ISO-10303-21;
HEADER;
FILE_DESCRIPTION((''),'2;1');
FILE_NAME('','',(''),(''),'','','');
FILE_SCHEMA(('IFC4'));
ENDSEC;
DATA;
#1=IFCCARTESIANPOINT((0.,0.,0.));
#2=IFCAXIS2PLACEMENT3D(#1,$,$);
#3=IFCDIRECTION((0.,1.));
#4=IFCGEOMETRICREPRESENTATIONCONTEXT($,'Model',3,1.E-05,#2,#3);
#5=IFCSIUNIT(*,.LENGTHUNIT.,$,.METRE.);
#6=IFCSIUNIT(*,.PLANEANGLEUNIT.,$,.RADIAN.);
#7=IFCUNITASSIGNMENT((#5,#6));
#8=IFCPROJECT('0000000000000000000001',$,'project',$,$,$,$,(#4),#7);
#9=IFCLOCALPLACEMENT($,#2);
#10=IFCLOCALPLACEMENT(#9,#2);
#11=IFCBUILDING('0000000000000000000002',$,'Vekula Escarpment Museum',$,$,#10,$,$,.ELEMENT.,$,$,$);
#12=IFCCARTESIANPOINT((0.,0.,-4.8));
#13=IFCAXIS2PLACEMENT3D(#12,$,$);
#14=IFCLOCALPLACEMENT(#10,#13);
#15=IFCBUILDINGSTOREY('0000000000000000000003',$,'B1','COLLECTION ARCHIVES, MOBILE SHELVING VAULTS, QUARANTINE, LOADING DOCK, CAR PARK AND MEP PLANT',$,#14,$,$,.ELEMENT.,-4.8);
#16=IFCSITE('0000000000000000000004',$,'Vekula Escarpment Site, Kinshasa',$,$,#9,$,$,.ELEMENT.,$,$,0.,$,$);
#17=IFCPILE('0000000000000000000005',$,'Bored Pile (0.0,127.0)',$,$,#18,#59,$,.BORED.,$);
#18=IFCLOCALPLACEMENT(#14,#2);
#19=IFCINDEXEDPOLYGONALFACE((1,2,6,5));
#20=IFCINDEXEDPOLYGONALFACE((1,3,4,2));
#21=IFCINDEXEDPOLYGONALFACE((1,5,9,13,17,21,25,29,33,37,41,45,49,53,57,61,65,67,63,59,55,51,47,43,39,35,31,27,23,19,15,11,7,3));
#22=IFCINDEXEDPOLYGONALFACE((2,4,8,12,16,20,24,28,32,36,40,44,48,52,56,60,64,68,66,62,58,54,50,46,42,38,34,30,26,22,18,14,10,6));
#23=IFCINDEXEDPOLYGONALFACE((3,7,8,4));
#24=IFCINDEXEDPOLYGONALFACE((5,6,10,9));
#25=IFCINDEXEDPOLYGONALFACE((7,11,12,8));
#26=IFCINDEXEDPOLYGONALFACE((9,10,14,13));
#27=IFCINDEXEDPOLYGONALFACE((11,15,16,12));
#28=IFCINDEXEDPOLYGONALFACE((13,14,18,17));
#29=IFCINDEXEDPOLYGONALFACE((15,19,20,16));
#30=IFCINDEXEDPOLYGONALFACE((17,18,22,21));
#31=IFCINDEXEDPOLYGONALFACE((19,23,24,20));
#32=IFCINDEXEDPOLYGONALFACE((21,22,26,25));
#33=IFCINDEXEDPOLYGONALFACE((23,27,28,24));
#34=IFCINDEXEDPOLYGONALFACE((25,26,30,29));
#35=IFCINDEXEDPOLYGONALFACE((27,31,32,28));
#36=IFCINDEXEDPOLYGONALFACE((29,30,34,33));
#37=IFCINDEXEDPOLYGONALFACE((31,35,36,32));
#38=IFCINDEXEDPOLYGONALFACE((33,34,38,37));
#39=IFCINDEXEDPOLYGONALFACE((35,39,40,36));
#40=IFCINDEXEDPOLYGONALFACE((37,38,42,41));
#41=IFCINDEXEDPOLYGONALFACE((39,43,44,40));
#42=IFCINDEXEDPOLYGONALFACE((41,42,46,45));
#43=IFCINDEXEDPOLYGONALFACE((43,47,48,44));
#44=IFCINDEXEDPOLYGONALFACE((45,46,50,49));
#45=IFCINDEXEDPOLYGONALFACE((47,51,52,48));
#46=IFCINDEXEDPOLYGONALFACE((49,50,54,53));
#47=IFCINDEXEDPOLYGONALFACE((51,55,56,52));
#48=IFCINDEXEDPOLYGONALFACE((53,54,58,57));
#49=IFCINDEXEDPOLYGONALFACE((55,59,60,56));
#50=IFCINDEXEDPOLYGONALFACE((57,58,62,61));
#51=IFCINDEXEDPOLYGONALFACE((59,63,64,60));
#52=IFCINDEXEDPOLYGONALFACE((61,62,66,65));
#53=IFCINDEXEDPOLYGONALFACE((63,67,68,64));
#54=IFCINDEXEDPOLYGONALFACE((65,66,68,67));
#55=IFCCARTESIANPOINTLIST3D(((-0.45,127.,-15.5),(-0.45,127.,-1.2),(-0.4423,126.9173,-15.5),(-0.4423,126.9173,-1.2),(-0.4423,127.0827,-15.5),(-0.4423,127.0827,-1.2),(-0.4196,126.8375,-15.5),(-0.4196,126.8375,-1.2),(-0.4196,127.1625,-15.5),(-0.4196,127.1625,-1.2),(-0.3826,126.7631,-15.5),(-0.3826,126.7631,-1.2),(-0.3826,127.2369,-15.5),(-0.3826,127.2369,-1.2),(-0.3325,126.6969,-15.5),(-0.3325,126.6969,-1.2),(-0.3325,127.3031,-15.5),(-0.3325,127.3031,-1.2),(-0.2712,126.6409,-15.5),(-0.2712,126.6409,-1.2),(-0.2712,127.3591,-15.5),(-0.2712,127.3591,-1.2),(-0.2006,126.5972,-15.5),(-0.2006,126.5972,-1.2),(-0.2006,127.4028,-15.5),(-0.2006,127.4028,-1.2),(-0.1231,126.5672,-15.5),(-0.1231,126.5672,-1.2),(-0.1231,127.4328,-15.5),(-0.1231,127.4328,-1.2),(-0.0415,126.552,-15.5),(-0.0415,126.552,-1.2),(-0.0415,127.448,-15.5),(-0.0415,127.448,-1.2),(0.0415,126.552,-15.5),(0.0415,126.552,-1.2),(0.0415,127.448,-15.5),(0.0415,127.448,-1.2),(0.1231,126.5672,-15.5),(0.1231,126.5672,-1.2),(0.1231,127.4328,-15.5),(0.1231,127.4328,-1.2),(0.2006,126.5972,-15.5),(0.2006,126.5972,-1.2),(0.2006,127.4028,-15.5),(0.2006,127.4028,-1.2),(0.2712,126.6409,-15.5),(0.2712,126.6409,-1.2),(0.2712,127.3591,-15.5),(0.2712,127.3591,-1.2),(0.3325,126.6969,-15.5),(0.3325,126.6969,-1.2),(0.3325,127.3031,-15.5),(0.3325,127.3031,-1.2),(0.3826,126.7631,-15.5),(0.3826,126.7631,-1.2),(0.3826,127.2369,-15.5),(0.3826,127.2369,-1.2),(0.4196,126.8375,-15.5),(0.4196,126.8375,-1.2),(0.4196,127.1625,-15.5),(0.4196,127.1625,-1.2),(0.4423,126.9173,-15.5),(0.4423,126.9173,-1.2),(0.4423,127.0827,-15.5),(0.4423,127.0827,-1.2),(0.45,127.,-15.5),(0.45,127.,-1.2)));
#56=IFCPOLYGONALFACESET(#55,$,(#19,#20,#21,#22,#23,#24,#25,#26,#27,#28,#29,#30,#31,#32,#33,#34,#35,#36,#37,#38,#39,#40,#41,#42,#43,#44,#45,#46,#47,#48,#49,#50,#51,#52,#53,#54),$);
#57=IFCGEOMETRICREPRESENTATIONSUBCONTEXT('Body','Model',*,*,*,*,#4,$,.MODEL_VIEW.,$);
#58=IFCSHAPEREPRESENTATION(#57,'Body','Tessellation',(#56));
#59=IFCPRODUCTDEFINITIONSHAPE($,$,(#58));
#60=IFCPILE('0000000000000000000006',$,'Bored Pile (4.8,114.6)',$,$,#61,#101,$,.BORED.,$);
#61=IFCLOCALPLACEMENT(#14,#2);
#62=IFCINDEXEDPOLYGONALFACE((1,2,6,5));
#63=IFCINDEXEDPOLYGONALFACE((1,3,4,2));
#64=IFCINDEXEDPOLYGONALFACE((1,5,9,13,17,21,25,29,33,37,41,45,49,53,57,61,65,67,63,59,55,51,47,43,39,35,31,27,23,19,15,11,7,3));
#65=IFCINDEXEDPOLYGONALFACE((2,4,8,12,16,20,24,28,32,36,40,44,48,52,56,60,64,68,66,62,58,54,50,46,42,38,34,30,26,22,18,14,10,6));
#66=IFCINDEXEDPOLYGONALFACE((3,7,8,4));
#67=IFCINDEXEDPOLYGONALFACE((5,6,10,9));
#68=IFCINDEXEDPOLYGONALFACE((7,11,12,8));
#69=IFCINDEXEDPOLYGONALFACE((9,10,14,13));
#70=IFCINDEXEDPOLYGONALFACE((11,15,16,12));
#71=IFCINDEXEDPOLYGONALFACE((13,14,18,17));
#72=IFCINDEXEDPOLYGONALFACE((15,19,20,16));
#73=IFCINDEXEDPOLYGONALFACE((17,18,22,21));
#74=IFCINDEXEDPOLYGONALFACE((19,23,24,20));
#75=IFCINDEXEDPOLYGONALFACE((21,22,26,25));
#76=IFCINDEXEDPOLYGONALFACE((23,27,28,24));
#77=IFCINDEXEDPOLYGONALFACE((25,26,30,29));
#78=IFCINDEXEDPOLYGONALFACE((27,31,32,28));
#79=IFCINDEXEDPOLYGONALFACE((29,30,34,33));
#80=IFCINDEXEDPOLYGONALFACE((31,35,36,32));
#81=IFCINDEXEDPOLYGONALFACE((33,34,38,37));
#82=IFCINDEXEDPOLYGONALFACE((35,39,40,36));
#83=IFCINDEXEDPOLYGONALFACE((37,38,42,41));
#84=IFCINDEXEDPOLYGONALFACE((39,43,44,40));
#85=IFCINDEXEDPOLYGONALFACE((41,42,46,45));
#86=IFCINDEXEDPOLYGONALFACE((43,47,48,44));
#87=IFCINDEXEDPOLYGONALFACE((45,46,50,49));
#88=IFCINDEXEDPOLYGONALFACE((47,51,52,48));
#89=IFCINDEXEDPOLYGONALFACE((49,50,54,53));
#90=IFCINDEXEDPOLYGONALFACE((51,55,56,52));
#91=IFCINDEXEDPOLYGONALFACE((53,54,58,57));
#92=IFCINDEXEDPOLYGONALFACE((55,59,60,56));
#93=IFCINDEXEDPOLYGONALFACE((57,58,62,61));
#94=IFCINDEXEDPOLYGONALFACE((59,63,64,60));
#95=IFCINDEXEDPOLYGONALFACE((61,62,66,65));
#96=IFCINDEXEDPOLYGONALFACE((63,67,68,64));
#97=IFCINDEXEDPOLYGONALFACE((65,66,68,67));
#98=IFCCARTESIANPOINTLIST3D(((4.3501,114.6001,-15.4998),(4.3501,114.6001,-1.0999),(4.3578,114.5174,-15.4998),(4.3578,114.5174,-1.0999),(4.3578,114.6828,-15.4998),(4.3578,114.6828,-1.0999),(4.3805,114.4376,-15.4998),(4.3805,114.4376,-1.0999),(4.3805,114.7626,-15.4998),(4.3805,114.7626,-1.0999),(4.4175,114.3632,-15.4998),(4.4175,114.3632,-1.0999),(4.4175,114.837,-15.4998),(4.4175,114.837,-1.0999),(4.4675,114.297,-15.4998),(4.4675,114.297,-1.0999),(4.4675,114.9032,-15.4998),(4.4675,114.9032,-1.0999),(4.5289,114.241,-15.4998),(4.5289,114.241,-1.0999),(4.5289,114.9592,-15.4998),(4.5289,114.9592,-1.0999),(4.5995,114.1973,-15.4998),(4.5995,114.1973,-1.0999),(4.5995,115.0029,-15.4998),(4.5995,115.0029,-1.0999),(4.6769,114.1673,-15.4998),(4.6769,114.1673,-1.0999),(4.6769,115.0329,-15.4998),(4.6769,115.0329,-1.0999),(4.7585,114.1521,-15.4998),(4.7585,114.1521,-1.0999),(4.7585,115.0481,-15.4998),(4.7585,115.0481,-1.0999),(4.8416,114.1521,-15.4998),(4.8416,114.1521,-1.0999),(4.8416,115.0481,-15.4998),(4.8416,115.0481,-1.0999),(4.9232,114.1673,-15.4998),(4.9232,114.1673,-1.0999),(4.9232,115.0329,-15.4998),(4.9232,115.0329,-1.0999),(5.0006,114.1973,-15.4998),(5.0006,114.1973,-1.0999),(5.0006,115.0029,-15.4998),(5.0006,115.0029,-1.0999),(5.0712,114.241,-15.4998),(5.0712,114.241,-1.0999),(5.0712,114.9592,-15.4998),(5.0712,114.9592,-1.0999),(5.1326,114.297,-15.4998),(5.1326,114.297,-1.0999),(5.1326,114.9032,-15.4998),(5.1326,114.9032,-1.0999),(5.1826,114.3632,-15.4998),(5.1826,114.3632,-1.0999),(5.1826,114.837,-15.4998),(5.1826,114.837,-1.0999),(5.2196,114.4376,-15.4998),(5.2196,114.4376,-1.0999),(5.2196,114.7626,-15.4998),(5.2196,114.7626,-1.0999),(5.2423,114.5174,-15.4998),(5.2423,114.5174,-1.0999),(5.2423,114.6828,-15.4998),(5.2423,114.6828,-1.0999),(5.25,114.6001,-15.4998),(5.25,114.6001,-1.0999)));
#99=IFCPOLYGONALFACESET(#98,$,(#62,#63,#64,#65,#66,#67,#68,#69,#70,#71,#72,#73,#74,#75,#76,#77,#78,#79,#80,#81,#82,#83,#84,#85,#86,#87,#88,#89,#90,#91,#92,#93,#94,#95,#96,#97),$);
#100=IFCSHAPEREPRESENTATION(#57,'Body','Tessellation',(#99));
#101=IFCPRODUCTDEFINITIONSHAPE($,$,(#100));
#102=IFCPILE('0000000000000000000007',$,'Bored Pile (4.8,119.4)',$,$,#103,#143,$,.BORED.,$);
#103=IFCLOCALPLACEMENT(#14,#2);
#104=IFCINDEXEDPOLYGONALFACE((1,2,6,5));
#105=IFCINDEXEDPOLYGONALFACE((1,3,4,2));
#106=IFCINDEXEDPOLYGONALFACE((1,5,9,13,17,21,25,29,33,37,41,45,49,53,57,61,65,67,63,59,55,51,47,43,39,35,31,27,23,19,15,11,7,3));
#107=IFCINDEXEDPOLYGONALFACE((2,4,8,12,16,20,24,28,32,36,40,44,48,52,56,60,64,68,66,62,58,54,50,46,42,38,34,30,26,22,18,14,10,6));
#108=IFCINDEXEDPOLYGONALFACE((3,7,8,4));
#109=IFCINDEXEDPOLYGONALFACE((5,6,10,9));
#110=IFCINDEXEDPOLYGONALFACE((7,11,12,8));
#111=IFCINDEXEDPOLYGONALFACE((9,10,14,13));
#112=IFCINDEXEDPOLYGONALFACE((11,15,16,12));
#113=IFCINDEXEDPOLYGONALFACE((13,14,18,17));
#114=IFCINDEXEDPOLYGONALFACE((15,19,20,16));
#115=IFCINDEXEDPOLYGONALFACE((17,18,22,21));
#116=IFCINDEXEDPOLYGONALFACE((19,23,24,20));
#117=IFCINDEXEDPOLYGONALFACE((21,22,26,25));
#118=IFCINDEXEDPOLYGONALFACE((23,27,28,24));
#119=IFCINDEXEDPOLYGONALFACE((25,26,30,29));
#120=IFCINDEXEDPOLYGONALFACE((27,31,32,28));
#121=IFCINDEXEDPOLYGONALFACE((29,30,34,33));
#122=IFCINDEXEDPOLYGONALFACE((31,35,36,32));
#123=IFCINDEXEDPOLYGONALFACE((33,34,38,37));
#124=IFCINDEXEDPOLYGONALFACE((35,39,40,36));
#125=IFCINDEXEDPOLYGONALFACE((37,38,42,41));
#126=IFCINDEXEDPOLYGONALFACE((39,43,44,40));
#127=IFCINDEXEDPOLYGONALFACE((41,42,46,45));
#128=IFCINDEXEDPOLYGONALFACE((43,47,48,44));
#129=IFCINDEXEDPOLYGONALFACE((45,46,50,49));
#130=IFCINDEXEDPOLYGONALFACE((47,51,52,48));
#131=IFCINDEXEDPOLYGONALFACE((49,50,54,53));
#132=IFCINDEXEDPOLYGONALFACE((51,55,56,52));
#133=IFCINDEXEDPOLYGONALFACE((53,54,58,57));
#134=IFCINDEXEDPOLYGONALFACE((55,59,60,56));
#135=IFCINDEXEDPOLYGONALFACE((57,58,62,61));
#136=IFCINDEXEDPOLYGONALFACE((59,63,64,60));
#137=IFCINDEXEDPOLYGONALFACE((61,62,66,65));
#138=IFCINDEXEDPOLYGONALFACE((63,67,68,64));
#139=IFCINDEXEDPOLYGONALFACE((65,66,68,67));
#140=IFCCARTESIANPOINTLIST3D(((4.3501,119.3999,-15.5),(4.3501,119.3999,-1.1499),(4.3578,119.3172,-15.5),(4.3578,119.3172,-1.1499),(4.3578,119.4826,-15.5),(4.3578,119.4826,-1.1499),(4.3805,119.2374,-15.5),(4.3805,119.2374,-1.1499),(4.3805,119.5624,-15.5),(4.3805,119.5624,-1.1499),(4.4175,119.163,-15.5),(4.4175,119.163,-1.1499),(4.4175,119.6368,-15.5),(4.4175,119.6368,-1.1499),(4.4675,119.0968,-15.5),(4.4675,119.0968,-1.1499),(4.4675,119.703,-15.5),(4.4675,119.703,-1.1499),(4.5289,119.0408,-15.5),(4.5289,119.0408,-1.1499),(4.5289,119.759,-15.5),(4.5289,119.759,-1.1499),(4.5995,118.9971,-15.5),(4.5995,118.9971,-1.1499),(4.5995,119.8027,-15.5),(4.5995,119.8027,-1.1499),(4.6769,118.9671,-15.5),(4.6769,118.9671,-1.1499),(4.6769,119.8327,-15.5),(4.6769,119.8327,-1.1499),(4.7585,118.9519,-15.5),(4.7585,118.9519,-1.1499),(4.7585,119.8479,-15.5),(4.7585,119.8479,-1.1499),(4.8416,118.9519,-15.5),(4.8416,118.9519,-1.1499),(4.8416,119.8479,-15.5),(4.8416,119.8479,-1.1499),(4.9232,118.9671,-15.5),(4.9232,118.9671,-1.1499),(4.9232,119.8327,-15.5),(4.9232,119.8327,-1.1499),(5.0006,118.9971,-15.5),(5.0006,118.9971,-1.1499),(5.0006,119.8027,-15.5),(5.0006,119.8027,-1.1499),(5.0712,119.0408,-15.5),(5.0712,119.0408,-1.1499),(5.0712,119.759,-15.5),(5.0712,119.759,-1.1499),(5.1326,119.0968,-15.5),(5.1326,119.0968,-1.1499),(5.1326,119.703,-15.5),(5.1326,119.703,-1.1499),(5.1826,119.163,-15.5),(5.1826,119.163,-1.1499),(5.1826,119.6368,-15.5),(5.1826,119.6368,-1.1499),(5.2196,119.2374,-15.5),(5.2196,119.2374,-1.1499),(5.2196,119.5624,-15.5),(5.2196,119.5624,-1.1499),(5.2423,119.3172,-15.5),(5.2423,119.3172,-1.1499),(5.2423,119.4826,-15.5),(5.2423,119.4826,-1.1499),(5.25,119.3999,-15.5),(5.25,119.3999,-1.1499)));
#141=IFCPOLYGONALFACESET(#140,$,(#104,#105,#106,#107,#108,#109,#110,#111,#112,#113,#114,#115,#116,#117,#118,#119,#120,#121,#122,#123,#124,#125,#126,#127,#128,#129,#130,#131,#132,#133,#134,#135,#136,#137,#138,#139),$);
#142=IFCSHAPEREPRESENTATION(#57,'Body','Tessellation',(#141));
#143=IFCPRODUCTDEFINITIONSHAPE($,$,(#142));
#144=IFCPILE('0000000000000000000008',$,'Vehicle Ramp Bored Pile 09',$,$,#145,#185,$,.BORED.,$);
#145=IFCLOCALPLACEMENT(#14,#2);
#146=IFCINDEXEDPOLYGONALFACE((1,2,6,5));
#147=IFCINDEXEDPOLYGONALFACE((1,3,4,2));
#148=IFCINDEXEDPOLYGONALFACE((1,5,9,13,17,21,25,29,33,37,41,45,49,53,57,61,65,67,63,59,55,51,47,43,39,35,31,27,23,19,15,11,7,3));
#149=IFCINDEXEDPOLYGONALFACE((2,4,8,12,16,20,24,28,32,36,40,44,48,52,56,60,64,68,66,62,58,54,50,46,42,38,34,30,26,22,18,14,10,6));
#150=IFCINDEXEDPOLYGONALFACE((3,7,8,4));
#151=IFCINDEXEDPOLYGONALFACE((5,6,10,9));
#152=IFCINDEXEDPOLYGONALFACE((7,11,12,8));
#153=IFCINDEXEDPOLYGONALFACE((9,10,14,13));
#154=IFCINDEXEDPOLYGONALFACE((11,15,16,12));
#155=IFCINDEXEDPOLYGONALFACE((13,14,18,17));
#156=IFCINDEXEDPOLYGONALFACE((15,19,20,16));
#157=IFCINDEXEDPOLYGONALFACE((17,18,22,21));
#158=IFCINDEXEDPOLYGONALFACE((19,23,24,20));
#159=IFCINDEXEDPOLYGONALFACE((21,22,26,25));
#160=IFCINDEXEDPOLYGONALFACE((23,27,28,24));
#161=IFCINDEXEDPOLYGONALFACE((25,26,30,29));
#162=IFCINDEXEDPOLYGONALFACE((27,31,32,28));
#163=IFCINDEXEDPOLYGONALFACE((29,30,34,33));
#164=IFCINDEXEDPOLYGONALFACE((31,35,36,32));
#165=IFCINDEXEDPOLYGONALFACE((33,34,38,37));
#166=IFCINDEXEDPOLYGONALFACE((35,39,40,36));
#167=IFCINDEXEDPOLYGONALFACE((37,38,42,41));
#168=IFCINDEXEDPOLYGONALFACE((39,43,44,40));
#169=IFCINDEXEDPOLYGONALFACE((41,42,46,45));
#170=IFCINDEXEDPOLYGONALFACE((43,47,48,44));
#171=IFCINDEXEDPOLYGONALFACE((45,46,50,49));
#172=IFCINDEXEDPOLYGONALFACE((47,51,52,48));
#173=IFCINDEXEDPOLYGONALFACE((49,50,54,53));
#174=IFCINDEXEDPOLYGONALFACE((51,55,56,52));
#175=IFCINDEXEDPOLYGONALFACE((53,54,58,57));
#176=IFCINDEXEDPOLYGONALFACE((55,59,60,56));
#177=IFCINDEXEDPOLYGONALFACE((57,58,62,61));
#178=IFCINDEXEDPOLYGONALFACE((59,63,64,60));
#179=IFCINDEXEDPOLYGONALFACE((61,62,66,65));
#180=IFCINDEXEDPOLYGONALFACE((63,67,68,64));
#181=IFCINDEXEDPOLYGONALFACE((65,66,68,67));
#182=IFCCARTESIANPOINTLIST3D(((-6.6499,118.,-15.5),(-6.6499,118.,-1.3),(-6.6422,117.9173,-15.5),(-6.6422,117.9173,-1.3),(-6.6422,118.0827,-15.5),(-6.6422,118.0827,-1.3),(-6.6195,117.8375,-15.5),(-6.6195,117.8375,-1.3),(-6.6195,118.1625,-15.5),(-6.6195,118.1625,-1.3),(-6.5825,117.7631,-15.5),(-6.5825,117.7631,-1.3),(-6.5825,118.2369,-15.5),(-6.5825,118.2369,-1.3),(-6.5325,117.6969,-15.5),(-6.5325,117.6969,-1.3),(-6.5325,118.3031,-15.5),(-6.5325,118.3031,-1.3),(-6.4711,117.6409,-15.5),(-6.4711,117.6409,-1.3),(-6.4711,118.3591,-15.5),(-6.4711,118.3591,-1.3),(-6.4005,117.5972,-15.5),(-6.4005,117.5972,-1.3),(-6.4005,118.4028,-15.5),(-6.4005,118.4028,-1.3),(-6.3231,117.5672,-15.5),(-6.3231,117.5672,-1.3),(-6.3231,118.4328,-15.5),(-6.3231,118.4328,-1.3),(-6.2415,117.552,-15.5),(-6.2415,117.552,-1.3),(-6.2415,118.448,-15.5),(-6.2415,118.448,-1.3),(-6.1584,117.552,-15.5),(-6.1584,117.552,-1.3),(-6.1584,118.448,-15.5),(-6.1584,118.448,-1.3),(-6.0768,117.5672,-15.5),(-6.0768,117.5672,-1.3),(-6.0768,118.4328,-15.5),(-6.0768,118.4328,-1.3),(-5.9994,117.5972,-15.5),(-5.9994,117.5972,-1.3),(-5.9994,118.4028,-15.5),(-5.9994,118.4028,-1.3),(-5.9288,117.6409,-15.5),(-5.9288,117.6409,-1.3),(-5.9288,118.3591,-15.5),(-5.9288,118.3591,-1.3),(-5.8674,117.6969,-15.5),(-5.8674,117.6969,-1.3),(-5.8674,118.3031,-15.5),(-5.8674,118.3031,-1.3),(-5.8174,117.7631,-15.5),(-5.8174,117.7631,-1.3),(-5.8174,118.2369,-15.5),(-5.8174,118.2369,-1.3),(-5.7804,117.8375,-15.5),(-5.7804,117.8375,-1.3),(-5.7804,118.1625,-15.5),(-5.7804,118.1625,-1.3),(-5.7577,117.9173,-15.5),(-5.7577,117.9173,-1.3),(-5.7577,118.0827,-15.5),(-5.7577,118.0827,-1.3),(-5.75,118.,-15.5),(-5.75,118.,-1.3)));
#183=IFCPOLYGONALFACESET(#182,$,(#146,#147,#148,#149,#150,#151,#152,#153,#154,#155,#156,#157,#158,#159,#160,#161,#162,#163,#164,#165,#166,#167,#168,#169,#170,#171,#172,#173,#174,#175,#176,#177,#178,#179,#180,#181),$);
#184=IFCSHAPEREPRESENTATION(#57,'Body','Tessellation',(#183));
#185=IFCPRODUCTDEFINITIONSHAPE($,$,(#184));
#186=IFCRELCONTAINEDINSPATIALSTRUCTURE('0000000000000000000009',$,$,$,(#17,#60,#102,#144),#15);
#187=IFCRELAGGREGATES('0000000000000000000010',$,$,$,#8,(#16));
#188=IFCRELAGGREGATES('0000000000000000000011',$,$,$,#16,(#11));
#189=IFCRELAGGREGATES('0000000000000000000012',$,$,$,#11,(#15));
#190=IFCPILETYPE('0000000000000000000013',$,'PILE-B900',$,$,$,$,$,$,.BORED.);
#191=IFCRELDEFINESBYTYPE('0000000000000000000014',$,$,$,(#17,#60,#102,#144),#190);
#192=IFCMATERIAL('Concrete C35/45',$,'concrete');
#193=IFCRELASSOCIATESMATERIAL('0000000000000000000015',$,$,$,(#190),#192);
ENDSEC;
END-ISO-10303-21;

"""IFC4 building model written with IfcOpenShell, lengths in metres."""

from ifc_helpers import new_model, si_unit, direction, frame, origin, origin_2d, place, context, subcontext, project, spatial, circle, extrude, material, material_profile, profile_set, type_object, element, save


model = new_model("IFC4")

# Units and contexts
model_context = context("Model", 3, precision=1e-05, world=origin(), true_north=direction((0.0, 1.0)))
body_context = subcontext(model_context, "Body", "Model", "MODEL_VIEW")
ifc_project = project(units=[si_unit("LENGTHUNIT", "METRE"), si_unit("PLANEANGLEUNIT", "RADIAN")], contexts=[model_context])

# Site, building, storey
site_placement = place(None, origin())
site = spatial("IfcSite", under=ifc_project, at=site_placement, Name="Vekula Escarpment Site, Kinshasa", CompositionType="ELEMENT", RefElevation=0.0)
building_placement = place(site_placement, origin())
building = spatial("IfcBuilding", under=site, at=building_placement, Name="Vekula Escarpment Museum", CompositionType="ELEMENT")
storey_placement = place(building_placement, frame((0.0, 0.0, -4.8)))
storey = spatial("IfcBuildingStorey", under=building, at=storey_placement, Name="B1", Description="COLLECTION ARCHIVES, MOBILE SHELVING VAULTS, QUARANTINE, LOADING DOCK, CAR PARK AND MEP PLANT", CompositionType="ELEMENT", Elevation=-4.8)

# Piles
ifc_material_1 = material(Name="Concrete C35/45", Category="concrete")
ifc_material_profile_1 = material_profile(ifc_material_1, circle(Radius=0.45, at=origin_2d()), Name="BORED PILE 900")
ifc_profile_set_1 = profile_set([ifc_material_profile_1], Name="Concrete C35/45")
pile_type = type_object("IfcPileType", Name="PILE-B900", PredefinedType="BORED", material=ifc_profile_set_1)
pile_1_placement = place(storey_placement, frame((0.0, 127.0, -1.2), z_axis=(0.0, 0.0, -1.0), x_axis=(1.0, 0.0, 0.0)))
element("IfcPile", 1, at=pile_1_placement, inside=storey, type_object=pile_type, Name="Bored Pile (0.0,127.0)", PredefinedType="BORED", context=body_context, shape_type="SweptSolid", body=[
    extrude(circle(Radius=0.45, at=origin_2d()), origin(), (0.0, 0.0, 1.0), 14.3),
])
pile_2_placement = place(storey_placement, frame((4.8, 114.6001, -1.0999), z_axis=(0.0, 0.0, -1.0), x_axis=(1.0, 0.0, 0.0)))
element("IfcPile", 2, at=pile_2_placement, inside=storey, type_object=pile_type, Name="Bored Pile (4.8,114.6)", PredefinedType="BORED", context=body_context, shape_type="SweptSolid", body=[
    extrude(circle(Radius=0.45, at=origin_2d()), origin(), (0.0, 0.0, 1.0), 14.3999),
])
pile_3_placement = place(storey_placement, frame((4.8, 119.3999, -1.1499), z_axis=(0.0, 0.0, -1.0), x_axis=(1.0, 0.0, 0.0)))
element("IfcPile", 3, at=pile_3_placement, inside=storey, type_object=pile_type, Name="Bored Pile (4.8,119.4)", PredefinedType="BORED", context=body_context, shape_type="SweptSolid", body=[
    extrude(circle(Radius=0.45, at=origin_2d()), origin(), (0.0, 0.0, 1.0), 14.3501),
])
for number, where, z_axis, x_axis, name in (
    (4, (-6.2, 118.0, -1.3), (0.0, 0.0, -1.0), (1.0, 0.0, 0.0), "Vehicle Ramp Bored Pile 09"),
):
    element("IfcPile", number, at=place(storey_placement, frame(where, z_axis=z_axis, x_axis=x_axis)), inside=storey, type_object=pile_type, Name=name, PredefinedType="BORED", context=body_context, shape_type="SweptSolid", body=[
        extrude(circle(Radius=0.45, at=origin_2d()), origin(), (0.0, 0.0, 1.0), 14.2),
    ])

save(model, "model.ifc")
